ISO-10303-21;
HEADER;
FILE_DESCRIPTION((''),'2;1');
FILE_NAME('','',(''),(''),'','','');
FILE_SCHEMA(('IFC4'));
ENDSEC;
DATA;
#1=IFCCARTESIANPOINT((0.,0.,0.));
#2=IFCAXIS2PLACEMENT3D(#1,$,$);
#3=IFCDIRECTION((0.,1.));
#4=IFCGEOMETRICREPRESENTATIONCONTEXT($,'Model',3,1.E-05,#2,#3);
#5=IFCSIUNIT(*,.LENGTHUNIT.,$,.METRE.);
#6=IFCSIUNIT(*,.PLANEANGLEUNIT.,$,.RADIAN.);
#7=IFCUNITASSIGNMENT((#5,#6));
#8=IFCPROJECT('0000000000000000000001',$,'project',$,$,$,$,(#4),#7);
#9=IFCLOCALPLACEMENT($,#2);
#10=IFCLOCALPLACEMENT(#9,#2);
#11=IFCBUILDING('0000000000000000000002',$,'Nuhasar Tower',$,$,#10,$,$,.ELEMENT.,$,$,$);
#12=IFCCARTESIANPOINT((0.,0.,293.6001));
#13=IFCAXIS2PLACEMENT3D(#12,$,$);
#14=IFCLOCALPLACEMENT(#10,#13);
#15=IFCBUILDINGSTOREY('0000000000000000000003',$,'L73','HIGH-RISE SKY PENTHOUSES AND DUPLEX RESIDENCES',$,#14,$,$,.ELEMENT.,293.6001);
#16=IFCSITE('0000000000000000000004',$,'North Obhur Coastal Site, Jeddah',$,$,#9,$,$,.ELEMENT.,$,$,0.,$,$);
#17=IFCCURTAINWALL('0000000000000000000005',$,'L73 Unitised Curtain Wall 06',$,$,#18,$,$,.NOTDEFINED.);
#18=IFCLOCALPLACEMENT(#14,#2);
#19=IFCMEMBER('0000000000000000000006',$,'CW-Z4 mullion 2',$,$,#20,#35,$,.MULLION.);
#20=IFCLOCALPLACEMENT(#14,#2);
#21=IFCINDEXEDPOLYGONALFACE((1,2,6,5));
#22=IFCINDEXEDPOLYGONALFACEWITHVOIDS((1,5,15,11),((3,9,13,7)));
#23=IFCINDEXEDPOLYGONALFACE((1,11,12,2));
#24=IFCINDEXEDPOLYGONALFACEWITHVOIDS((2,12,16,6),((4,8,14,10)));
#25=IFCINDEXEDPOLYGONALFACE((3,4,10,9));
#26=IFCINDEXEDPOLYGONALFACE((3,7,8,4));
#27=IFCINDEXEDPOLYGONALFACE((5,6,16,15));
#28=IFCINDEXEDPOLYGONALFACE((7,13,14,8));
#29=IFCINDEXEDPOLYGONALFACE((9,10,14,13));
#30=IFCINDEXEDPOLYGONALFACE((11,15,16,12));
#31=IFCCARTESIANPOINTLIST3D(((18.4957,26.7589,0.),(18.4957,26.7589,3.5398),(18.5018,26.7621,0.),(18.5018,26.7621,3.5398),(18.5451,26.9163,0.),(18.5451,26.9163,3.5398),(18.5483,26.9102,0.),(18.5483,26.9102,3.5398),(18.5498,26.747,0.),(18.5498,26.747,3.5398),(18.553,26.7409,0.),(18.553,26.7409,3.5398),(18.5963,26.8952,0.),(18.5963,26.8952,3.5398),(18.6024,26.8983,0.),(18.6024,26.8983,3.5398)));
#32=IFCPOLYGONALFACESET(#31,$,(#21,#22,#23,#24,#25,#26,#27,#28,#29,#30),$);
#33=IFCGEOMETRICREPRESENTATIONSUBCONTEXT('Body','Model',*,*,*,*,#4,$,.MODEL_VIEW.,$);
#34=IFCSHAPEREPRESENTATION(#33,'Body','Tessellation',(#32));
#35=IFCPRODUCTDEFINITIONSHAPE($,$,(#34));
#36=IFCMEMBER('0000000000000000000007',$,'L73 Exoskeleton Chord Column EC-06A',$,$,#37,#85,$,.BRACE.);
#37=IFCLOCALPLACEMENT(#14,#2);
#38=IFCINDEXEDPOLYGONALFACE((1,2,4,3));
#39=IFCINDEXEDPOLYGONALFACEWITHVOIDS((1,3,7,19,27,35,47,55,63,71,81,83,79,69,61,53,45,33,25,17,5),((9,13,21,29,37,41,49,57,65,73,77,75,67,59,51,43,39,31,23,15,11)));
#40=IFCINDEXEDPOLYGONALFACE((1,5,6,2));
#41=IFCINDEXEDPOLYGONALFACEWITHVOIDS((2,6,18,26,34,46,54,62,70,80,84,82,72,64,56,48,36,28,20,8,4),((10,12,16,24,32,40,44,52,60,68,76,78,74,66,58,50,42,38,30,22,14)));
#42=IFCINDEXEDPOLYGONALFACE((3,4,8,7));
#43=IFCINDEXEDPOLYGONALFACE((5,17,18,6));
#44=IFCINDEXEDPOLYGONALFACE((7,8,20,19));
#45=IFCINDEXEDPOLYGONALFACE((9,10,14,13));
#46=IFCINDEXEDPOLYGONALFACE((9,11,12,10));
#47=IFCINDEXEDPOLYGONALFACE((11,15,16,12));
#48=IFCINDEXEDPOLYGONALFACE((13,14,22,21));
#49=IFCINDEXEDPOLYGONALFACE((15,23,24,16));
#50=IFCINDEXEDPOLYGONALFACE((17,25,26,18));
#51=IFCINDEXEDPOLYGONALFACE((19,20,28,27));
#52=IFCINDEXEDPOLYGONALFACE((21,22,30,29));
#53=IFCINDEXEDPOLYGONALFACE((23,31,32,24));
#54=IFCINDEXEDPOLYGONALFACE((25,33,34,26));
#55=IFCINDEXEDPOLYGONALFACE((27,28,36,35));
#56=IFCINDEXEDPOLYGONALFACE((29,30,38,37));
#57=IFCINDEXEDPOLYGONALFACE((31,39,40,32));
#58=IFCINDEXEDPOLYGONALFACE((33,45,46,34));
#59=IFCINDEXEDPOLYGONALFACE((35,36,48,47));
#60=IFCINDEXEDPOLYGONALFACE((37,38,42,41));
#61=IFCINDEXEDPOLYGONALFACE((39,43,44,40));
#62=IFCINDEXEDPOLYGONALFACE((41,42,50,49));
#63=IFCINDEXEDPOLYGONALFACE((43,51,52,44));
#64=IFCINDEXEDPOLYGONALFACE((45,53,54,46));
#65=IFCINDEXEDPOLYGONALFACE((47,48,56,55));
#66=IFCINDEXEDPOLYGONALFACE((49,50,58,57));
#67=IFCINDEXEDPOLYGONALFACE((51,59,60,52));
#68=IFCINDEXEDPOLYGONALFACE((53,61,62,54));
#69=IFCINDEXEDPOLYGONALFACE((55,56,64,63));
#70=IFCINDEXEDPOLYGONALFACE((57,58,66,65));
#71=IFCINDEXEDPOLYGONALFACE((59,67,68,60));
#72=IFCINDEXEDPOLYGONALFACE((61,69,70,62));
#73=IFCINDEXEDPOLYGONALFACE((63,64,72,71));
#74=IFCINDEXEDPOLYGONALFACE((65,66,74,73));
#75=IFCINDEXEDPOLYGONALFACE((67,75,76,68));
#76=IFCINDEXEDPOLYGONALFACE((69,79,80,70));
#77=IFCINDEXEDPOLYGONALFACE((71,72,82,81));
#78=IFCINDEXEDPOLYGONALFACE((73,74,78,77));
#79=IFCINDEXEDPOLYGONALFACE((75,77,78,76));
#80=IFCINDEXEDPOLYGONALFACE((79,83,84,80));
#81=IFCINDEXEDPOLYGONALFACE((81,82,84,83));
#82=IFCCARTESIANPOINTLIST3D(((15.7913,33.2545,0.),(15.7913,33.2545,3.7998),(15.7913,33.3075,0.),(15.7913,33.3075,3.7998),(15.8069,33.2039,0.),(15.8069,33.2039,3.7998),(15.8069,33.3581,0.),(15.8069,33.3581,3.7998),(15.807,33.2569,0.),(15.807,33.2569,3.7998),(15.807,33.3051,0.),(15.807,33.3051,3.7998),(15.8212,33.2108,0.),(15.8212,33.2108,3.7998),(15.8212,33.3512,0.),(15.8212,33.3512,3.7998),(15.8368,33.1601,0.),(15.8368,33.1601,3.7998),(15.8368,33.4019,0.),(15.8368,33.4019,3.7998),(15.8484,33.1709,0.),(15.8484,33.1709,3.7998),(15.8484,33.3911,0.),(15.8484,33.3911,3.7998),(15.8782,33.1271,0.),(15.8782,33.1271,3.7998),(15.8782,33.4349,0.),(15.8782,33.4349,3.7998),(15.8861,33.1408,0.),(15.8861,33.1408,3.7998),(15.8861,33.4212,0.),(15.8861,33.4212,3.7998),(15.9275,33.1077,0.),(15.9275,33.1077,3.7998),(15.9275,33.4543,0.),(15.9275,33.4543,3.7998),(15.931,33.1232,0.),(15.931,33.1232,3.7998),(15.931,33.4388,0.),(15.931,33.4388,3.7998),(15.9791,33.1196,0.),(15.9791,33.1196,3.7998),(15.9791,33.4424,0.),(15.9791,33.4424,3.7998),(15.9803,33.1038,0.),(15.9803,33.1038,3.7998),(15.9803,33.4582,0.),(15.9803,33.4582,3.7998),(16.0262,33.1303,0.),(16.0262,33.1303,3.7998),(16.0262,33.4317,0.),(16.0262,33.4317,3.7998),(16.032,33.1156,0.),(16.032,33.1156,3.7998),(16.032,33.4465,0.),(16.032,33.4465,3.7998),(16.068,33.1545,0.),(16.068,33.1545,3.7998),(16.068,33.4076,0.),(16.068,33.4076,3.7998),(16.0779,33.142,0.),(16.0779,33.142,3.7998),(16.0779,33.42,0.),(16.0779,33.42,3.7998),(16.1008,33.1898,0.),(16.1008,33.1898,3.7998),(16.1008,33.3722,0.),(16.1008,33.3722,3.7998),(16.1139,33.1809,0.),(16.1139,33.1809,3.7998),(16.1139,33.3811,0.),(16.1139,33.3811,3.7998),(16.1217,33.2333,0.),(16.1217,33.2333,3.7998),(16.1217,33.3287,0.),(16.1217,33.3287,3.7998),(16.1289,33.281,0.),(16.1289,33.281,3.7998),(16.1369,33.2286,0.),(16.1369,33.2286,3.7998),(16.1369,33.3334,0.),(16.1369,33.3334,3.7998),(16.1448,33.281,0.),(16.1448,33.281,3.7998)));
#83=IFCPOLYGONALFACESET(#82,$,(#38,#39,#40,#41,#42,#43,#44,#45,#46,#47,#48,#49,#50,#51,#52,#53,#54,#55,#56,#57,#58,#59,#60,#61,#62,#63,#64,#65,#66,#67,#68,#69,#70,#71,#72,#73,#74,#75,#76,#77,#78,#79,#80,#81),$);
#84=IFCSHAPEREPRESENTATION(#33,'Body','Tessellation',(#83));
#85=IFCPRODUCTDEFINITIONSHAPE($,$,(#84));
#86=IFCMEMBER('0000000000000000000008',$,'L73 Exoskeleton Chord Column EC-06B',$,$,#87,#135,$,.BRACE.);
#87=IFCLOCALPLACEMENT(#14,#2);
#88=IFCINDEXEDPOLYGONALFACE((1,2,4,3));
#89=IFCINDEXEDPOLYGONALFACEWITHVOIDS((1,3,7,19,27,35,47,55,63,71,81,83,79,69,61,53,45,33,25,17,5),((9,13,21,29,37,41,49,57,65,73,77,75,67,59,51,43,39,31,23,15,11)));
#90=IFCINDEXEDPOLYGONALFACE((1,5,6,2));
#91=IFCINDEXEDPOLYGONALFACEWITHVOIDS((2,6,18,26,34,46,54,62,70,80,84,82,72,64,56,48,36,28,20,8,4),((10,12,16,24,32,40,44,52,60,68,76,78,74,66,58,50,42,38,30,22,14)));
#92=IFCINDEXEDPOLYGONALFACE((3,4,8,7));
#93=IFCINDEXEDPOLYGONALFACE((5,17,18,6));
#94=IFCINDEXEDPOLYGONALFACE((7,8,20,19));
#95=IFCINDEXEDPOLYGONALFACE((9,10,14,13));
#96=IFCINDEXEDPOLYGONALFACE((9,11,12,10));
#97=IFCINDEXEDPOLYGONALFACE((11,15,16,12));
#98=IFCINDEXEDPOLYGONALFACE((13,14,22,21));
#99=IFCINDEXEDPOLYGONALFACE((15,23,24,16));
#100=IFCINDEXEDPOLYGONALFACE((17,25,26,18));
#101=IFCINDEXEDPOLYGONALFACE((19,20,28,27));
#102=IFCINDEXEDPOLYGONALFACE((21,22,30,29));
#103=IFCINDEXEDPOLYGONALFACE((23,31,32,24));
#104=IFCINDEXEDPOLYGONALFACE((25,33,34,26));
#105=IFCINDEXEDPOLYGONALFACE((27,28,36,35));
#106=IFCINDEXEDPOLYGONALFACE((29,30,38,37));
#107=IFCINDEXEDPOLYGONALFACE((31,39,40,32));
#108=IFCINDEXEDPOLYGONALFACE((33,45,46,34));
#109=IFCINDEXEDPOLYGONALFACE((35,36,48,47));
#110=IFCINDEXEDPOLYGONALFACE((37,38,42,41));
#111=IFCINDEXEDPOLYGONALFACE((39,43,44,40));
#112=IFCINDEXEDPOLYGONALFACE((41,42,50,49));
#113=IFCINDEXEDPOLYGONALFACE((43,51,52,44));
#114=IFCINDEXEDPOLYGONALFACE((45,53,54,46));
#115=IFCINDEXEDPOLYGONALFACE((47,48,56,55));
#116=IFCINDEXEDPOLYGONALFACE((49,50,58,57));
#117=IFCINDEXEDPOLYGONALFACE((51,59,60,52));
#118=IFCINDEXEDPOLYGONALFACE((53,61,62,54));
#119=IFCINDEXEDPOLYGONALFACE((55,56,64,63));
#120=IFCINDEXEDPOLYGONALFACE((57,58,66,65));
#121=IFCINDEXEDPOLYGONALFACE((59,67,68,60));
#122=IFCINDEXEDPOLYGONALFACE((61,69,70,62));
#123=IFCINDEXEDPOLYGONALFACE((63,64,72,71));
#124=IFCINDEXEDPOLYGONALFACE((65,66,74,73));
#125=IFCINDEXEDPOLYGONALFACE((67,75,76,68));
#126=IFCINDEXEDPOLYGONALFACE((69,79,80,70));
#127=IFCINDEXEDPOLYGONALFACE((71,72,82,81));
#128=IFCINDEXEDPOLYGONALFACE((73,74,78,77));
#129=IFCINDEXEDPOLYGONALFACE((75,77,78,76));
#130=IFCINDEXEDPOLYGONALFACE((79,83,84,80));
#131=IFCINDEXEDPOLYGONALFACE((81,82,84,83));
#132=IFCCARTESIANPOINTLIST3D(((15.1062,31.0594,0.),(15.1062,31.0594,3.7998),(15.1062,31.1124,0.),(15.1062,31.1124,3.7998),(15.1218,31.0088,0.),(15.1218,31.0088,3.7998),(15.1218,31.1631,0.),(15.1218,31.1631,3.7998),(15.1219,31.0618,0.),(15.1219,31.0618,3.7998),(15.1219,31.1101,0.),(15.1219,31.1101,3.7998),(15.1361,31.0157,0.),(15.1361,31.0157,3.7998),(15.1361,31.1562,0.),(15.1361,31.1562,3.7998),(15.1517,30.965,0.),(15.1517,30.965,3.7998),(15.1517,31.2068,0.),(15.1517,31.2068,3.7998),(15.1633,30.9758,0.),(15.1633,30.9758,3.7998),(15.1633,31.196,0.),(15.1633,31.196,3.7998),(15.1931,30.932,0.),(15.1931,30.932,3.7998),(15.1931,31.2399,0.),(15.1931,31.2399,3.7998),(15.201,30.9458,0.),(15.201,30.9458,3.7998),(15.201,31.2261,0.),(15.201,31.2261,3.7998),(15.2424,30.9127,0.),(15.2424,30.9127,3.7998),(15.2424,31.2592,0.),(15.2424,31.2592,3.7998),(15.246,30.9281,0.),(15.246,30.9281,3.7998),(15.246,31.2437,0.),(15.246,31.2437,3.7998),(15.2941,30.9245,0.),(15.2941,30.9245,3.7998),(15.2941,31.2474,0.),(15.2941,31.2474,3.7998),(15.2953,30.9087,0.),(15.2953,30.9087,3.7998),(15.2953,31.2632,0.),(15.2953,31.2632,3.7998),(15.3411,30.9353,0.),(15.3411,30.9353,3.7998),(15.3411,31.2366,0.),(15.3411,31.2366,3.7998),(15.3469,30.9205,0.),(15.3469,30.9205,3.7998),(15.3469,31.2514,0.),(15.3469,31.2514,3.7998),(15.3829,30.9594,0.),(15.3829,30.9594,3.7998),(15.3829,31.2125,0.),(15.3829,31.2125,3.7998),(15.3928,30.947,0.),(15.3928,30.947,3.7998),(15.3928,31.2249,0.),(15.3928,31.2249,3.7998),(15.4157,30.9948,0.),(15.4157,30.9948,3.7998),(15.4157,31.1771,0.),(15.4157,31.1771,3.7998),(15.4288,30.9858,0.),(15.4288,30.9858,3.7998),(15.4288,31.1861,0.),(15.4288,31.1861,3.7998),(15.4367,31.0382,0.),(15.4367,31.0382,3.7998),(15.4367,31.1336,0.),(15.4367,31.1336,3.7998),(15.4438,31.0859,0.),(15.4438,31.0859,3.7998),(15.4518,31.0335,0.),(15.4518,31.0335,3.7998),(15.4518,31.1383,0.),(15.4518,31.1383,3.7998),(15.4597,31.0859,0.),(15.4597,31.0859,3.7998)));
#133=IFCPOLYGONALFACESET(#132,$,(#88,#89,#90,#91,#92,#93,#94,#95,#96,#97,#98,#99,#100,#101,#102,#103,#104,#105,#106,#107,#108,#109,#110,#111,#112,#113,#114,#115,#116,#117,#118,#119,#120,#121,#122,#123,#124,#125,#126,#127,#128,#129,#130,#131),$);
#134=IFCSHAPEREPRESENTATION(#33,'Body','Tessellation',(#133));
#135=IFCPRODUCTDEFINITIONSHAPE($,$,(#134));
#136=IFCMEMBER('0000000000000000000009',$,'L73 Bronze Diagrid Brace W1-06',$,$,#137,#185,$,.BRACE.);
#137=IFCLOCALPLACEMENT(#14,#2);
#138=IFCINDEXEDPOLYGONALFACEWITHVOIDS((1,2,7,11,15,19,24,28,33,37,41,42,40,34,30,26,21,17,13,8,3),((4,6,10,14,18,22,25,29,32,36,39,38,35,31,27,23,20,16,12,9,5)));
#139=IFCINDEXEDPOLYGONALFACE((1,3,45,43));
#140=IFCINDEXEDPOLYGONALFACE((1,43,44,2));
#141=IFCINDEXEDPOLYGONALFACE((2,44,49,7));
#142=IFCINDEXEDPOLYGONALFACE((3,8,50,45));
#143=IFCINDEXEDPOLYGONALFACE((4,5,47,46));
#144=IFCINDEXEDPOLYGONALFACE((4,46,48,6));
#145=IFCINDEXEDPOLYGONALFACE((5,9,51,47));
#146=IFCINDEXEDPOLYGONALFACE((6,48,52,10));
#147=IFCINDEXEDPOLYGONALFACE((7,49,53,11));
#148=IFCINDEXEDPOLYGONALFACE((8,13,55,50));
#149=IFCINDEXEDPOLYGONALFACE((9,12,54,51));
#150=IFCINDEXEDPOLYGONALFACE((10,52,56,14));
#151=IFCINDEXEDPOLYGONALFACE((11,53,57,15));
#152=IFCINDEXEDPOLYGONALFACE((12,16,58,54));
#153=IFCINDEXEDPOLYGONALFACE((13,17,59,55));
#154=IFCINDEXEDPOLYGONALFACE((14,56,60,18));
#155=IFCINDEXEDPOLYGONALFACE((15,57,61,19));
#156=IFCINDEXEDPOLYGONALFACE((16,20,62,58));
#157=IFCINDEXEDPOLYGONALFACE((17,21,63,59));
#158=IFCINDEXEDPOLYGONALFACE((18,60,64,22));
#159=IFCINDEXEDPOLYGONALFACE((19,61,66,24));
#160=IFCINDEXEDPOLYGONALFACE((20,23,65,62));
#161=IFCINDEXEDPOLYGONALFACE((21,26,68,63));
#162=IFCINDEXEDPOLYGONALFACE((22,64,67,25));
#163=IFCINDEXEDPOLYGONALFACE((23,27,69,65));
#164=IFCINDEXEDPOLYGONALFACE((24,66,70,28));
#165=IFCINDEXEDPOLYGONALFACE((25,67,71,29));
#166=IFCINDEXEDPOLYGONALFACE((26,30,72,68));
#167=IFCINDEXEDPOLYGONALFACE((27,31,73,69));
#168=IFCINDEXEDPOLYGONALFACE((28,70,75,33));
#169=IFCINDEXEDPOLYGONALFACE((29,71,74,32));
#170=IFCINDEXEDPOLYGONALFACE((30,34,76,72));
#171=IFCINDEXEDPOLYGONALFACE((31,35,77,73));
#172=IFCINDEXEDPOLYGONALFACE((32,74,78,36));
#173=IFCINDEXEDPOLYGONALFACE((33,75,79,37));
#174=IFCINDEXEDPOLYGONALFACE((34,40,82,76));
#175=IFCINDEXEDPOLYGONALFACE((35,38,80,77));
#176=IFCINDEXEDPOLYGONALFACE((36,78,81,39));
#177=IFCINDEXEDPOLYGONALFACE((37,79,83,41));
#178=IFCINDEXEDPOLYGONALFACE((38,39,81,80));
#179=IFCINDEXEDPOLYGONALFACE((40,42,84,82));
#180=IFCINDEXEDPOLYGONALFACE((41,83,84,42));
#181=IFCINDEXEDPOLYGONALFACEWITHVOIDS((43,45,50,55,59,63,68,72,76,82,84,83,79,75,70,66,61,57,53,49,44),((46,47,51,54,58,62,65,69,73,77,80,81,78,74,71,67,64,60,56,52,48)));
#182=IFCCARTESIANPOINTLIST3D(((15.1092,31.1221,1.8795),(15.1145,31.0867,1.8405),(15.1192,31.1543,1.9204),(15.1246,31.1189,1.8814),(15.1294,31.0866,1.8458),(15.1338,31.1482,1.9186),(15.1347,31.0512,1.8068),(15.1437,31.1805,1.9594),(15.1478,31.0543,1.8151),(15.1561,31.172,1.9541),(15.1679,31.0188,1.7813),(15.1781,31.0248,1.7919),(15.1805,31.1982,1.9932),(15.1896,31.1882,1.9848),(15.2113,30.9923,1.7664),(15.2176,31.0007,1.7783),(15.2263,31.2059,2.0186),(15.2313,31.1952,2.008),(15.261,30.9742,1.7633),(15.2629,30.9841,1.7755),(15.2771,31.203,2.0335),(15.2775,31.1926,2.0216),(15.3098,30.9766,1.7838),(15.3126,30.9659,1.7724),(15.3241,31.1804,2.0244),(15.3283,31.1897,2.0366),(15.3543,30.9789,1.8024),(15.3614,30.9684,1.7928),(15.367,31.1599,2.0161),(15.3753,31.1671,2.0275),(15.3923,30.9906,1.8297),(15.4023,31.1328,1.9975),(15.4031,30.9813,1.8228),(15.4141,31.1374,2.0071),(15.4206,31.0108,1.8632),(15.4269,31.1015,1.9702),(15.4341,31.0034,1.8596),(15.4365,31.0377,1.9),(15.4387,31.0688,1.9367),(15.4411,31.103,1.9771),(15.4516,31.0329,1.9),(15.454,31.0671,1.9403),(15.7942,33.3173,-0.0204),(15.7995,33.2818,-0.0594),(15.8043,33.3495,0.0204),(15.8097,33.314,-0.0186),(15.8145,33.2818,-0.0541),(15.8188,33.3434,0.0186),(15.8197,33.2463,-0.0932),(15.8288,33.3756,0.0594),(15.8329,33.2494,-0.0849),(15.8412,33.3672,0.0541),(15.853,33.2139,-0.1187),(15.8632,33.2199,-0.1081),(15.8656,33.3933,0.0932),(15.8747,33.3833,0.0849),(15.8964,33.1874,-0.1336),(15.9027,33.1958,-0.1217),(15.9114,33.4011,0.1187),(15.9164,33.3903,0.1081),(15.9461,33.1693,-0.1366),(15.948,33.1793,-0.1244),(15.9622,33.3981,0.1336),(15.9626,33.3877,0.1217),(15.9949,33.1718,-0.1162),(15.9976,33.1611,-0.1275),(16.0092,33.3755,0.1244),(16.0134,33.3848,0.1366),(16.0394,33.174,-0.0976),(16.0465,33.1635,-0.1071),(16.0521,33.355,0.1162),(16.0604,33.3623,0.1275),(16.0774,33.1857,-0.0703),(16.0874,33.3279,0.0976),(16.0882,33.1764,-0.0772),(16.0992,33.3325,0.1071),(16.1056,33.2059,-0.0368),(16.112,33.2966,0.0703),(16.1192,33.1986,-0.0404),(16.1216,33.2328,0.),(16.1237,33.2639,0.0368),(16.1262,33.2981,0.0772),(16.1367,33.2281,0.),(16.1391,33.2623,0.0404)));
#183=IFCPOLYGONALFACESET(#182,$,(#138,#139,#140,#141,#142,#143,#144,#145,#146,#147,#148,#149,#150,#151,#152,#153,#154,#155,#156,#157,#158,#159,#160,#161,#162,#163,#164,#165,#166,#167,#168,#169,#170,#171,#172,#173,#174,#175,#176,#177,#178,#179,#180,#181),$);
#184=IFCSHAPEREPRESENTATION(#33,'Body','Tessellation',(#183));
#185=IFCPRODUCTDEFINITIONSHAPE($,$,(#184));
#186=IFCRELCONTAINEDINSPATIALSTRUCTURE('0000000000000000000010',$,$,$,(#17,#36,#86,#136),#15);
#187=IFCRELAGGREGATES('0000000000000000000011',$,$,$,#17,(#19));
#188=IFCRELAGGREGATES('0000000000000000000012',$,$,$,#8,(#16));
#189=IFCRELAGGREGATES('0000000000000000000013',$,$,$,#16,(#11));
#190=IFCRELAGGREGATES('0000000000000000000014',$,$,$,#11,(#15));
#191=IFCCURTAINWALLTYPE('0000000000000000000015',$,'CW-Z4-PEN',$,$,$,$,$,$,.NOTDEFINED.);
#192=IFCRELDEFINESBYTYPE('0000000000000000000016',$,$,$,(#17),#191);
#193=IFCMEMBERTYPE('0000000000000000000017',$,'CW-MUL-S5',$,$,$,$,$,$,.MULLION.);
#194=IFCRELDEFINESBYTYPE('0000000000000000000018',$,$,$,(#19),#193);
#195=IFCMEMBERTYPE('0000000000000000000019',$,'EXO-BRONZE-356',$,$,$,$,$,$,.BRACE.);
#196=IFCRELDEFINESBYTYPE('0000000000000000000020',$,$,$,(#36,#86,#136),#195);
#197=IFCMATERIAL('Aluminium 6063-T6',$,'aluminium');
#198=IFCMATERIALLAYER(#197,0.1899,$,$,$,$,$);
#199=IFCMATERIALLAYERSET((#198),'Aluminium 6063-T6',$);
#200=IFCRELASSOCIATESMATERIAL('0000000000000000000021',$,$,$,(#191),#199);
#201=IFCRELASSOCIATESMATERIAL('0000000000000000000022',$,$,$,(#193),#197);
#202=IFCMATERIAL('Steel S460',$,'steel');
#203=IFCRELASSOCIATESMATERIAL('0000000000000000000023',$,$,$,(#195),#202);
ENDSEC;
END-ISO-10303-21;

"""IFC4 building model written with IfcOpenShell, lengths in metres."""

from ifc_helpers import new_model, si_unit, direction, frame, origin, origin_2d, place, context, subcontext, project, spatial, hollow_rectangle, hollow_circle, extrude, material, layer, layer_set, material_profile, profile_set, type_object, element, aggregate, save


model = new_model("IFC4")

# Units and contexts
model_context = context("Model", 3, precision=1e-05, world=origin(), true_north=direction((0.0, 1.0)))
body_context = subcontext(model_context, "Body", "Model", "MODEL_VIEW")
ifc_project = project(units=[si_unit("LENGTHUNIT", "METRE"), si_unit("PLANEANGLEUNIT", "RADIAN")], contexts=[model_context])

# Site, building, storey
site_placement = place(None, origin())
site = spatial("IfcSite", under=ifc_project, at=site_placement, Name="North Obhur Coastal Site, Jeddah", CompositionType="ELEMENT", RefElevation=0.0)
building_placement = place(site_placement, origin())
building = spatial("IfcBuilding", under=site, at=building_placement, Name="Nuhasar Tower", CompositionType="ELEMENT")
storey_placement = place(building_placement, frame((0.0, 0.0, 293.6001)))
storey = spatial("IfcBuildingStorey", under=building, at=storey_placement, Name="L73", Description="HIGH-RISE SKY PENTHOUSES AND DUPLEX RESIDENCES", CompositionType="ELEMENT", Elevation=293.6001)

# Curtain wall, member
ifc_material_1 = material(Name="Aluminium 6063-T6", Category="aluminium")
ifc_layer_1 = layer(ifc_material_1, 0.1899)
ifc_layer_set_1 = layer_set([ifc_layer_1], Name="Aluminium 6063-T6")
curtain_wall_type = type_object("IfcCurtainWallType", Name="CW-Z4-PEN", PredefinedType="NOTDEFINED", material=ifc_layer_set_1)
curtain_wall_placement = place(storey_placement, origin())
curtain_wall = element("IfcCurtainWall", 1, at=curtain_wall_placement, inside=storey, type_object=curtain_wall_type, Name="L73 Unitised Curtain Wall 06", PredefinedType="NOTDEFINED")
ifc_material_profile_1 = material_profile(ifc_material_1, hollow_rectangle(XDim=0.0601, YDim=0.165, WallThickness=0.0049, at=origin_2d()), Name="CWM-5")
ifc_profile_set_1 = profile_set([ifc_material_profile_1], Name="Aluminium 6063-T6")
member_type_1 = type_object("IfcMemberType", Name="CW-MUL-S5", PredefinedType="MULLION", material=ifc_profile_set_1)
member_placement = place(storey_placement, frame((18.5491, 26.8286, 0.0), z_axis=(0.0, 0.0, 1.0), x_axis=(0.954079, -0.299557, 0.0)))
member = element("IfcMember", 2, at=member_placement, type_object=member_type_1, Name="CW-Z4 mullion 2", PredefinedType="MULLION", context=body_context, shape_type="SweptSolid", body=[
    extrude(hollow_rectangle(XDim=0.0601, YDim=0.165, WallThickness=0.0049, at=origin_2d()), origin(), (0.0, 0.0, 1.0), 3.5398),
])

# Members
ifc_material_2 = material(Name="Steel S460", Category="steel")
ifc_material_profile_2 = material_profile(ifc_material_2, hollow_circle(Radius=0.1777, WallThickness=0.0159, at=origin_2d()), Name="HSS355.6X15.9")
ifc_profile_set_2 = profile_set([ifc_material_profile_2], Name="Steel S460")
member_type_2 = type_object("IfcMemberType", Name="EXO-BRONZE-356", PredefinedType="BRACE", material=ifc_profile_set_2)
for number, where, z_axis, x_axis, name in (
    (3, (15.967, 33.281, 0.0), (0.0, 0.0, 1.0), (1.0, 0.0, 0.0), "L73 Exoskeleton Chord Column EC-06A"),
    (4, (15.282, 31.0859, 0.0), (0.0, 0.0, 1.0), (1.0, 0.0, 0.0), "L73 Exoskeleton Chord Column EC-06B"),
):
    element("IfcMember", number, at=place(storey_placement, frame(where, z_axis=z_axis, x_axis=x_axis)), inside=storey, type_object=member_type_2, Name=name, PredefinedType="BRACE", context=body_context, shape_type="SweptSolid", body=[
        extrude(hollow_circle(Radius=0.1777, WallThickness=0.0159, at=origin_2d()), origin(), (0.0, 0.0, 1.0), 3.7998),
    ])
for number, where, z_axis, x_axis, name in (
    (5, (15.967, 33.281, 0.0), (-0.229668, -0.735902, 0.636947), (0.954591, -0.297918, 0.0), "L73 Bronze Diagrid Brace W1-06"),
):
    element("IfcMember", number, at=place(storey_placement, frame(where, z_axis=z_axis, x_axis=x_axis)), inside=storey, type_object=member_type_2, Name=name, PredefinedType="BRACE", context=body_context, shape_type="SweptSolid", body=[
        extrude(hollow_circle(Radius=0.1777, WallThickness=0.0159, at=origin_2d()), origin(), (0.0, 0.0, 1.0), 2.9829),
    ])

aggregate(curtain_wall, [member])

save(model, "model.ifc")
